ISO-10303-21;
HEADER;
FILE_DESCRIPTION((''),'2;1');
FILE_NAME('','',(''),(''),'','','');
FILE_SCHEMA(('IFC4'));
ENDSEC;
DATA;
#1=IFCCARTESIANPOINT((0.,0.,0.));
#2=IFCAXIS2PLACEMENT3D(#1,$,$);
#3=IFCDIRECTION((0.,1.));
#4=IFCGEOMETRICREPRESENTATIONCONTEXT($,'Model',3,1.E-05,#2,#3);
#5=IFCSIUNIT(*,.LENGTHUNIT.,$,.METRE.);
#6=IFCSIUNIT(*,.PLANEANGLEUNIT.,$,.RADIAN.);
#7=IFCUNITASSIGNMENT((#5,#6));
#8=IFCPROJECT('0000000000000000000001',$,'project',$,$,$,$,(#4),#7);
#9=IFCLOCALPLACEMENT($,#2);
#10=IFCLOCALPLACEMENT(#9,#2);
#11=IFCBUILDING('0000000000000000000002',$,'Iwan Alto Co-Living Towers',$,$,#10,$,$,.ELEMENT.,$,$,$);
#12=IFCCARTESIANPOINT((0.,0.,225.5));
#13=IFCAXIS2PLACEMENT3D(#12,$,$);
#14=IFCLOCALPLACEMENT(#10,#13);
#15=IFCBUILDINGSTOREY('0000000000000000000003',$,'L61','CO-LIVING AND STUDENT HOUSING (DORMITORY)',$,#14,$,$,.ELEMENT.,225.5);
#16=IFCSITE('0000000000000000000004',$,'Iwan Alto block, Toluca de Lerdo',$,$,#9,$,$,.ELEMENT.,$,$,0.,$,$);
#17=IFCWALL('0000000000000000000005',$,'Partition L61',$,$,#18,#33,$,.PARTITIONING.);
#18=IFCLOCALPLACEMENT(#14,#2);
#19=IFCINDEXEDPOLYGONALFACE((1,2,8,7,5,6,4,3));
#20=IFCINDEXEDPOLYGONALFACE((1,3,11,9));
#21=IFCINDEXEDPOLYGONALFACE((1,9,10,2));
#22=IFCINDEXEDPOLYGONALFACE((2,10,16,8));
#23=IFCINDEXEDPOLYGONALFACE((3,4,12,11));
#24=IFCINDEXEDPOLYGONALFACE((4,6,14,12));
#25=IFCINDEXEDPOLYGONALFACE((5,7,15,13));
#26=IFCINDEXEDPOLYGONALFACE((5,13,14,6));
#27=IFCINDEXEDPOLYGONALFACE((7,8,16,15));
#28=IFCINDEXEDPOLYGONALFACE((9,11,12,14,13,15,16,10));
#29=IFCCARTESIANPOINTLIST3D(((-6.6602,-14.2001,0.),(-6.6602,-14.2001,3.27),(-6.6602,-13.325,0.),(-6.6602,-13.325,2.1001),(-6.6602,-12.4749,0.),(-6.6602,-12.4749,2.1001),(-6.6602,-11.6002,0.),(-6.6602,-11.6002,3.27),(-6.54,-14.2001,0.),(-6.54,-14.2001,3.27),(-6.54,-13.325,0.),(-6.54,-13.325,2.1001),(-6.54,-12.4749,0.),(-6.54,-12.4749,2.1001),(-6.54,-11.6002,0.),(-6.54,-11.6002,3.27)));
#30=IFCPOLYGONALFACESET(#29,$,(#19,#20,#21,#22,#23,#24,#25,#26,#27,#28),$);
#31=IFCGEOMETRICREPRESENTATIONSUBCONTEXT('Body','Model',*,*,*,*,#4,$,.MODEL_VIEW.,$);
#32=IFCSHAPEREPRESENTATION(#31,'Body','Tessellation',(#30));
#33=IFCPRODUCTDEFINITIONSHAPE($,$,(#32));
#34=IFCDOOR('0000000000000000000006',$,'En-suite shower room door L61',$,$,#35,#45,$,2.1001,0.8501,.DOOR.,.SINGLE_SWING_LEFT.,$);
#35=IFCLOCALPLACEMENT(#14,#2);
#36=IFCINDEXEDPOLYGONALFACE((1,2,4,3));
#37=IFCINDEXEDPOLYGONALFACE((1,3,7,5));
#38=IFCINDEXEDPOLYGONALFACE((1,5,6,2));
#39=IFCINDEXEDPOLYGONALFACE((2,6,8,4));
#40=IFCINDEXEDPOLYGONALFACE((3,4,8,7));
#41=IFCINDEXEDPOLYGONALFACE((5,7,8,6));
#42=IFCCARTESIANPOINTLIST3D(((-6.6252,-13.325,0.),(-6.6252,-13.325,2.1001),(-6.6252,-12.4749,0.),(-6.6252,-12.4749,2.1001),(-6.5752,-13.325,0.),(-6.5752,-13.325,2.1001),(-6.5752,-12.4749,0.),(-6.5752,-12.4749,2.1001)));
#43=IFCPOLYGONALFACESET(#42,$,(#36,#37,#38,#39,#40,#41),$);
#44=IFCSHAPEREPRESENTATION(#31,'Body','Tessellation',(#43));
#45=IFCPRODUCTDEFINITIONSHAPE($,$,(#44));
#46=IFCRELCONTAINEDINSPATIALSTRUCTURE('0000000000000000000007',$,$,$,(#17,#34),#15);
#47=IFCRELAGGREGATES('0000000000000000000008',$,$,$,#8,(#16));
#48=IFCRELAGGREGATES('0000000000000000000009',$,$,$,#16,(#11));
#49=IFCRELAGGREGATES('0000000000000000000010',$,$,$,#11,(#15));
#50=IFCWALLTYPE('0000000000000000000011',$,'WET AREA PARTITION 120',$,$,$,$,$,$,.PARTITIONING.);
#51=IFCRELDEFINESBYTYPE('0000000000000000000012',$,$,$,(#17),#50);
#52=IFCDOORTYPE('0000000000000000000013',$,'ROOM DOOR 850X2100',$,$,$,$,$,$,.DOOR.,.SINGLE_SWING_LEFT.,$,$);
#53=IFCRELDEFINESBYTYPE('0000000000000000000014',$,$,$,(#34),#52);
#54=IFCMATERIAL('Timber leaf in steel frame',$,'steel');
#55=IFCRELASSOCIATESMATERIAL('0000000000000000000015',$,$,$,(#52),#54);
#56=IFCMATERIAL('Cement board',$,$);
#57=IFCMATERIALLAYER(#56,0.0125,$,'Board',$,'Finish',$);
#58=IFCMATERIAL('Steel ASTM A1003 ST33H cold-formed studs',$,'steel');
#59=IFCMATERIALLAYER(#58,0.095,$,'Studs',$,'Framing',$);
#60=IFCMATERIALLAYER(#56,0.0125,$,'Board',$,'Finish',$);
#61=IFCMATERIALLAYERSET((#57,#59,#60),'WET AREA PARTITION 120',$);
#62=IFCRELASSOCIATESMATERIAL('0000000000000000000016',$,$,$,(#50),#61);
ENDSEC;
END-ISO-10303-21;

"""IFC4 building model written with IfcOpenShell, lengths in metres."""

from ifc_helpers import new_model, si_unit, direction, frame, frame_2d, origin, place, context, subcontext, project, spatial, rectangle, extrude, material, layer, layer_set, type_object, element, fill, save


model = new_model("IFC4")

# Units and contexts
model_context = context("Model", 3, precision=1e-05, world=origin(), true_north=direction((0.0, 1.0)))
body_context = subcontext(model_context, "Body", "Model", "MODEL_VIEW")
ifc_project = project(units=[si_unit("LENGTHUNIT", "METRE"), si_unit("PLANEANGLEUNIT", "RADIAN")], contexts=[model_context])

# Site, building, storey
site_placement = place(None, origin())
site = spatial("IfcSite", under=ifc_project, at=site_placement, Name="Iwan Alto block, Toluca de Lerdo", CompositionType="ELEMENT", RefElevation=0.0)
building_placement = place(site_placement, origin())
building = spatial("IfcBuilding", under=site, at=building_placement, Name="Iwan Alto Co-Living Towers", CompositionType="ELEMENT")
storey_placement = place(building_placement, frame((0.0, 0.0, 225.5)))
storey = spatial("IfcBuildingStorey", under=building, at=storey_placement, Name="L61", Description="CO-LIVING AND STUDENT HOUSING (DORMITORY)", CompositionType="ELEMENT", Elevation=225.5)

# Shared definitions
ifc_material_1 = material(Name="Steel ASTM A1003 ST33H cold-formed studs", Category="steel")
ifc_material_2 = material(Name="Timber leaf in steel frame", Category="steel")
door_type_1 = type_object("IfcDoorType", Name="ROOM DOOR 850X2100", OperationType="SINGLE_SWING_LEFT", PredefinedType="DOOR", material=ifc_material_2)

# Shared definitions
ifc_material_3 = material(Name="Cement board")
ifc_layer_1 = layer(ifc_material_3, 0.0125, Name="Board", Category="Finish")
ifc_layer_2 = layer(ifc_material_1, 0.095, Name="Studs", Category="Framing")
ifc_layer_3 = layer(ifc_material_3, 0.0125, Name="Board", Category="Finish")
ifc_layer_set_1 = layer_set([ifc_layer_1, ifc_layer_2, ifc_layer_3], Name="WET AREA PARTITION 120")
wall_type_1 = type_object("IfcWallType", Name="WET AREA PARTITION 120", PredefinedType="PARTITIONING", material=ifc_layer_set_1)

# Wall, opening, door
wall_1_placement = place(storey_placement, frame((-6.6001, -14.2, 0.0), z_axis=(0.0, 0.0, 1.0), x_axis=(0.0, 1.0, 0.0)))
wall_1 = element("IfcWall", 1, at=wall_1_placement, inside=storey, type_object=wall_type_1, Name="Partition L61", PredefinedType="PARTITIONING", context=body_context, shape_type="SweptSolid", body=[
    extrude(rectangle(XDim=2.5999, YDim=0.1201, at=frame_2d((1.2998, 0.0))), origin(), (0.0, 0.0, 1.0), 3.27),
])
opening_1_placement = place(wall_1_placement, frame((0.875, 0.0, 0.0)))
opening_1 = element("IfcOpeningElement", 2, at=opening_1_placement, cuts=wall_1, PredefinedType="OPENING", context=body_context, shape_type="SweptSolid", body=[
    extrude(rectangle(XDim=0.8501, YDim=2.1001, at=frame_2d((0.425, 1.05))), frame((0.0, 0.0701, 0.0), z_axis=(0.0, -1.0, 0.0), x_axis=(1.0, 0.0, 0.0)), (0.0, 0.0, 1.0), 0.1401),
])
door_1_placement = place(opening_1_placement, frame((0.8501, 0.0, 0.0), z_axis=(0.0, 0.0, 1.0), x_axis=(-1.0, 0.0, 0.0)))
door_1 = element("IfcDoor", 3, at=door_1_placement, inside=storey, type_object=door_type_1, Name="En-suite shower room door L61", OperationType="SINGLE_SWING_LEFT", OverallHeight=2.1001, OverallWidth=0.8501, PredefinedType="DOOR", context=body_context, shape_type="SweptSolid", body=[
    extrude(rectangle(XDim=0.8501, YDim=2.1001, at=frame_2d((0.425, 1.05))), frame((0.0, 0.0249, 0.0), z_axis=(0.0, -1.0, 0.0), x_axis=(1.0, 0.0, 0.0)), (0.0, 0.0, 1.0), 0.05),
])
fill(opening_1, door_1)

save(model, "model.ifc")
